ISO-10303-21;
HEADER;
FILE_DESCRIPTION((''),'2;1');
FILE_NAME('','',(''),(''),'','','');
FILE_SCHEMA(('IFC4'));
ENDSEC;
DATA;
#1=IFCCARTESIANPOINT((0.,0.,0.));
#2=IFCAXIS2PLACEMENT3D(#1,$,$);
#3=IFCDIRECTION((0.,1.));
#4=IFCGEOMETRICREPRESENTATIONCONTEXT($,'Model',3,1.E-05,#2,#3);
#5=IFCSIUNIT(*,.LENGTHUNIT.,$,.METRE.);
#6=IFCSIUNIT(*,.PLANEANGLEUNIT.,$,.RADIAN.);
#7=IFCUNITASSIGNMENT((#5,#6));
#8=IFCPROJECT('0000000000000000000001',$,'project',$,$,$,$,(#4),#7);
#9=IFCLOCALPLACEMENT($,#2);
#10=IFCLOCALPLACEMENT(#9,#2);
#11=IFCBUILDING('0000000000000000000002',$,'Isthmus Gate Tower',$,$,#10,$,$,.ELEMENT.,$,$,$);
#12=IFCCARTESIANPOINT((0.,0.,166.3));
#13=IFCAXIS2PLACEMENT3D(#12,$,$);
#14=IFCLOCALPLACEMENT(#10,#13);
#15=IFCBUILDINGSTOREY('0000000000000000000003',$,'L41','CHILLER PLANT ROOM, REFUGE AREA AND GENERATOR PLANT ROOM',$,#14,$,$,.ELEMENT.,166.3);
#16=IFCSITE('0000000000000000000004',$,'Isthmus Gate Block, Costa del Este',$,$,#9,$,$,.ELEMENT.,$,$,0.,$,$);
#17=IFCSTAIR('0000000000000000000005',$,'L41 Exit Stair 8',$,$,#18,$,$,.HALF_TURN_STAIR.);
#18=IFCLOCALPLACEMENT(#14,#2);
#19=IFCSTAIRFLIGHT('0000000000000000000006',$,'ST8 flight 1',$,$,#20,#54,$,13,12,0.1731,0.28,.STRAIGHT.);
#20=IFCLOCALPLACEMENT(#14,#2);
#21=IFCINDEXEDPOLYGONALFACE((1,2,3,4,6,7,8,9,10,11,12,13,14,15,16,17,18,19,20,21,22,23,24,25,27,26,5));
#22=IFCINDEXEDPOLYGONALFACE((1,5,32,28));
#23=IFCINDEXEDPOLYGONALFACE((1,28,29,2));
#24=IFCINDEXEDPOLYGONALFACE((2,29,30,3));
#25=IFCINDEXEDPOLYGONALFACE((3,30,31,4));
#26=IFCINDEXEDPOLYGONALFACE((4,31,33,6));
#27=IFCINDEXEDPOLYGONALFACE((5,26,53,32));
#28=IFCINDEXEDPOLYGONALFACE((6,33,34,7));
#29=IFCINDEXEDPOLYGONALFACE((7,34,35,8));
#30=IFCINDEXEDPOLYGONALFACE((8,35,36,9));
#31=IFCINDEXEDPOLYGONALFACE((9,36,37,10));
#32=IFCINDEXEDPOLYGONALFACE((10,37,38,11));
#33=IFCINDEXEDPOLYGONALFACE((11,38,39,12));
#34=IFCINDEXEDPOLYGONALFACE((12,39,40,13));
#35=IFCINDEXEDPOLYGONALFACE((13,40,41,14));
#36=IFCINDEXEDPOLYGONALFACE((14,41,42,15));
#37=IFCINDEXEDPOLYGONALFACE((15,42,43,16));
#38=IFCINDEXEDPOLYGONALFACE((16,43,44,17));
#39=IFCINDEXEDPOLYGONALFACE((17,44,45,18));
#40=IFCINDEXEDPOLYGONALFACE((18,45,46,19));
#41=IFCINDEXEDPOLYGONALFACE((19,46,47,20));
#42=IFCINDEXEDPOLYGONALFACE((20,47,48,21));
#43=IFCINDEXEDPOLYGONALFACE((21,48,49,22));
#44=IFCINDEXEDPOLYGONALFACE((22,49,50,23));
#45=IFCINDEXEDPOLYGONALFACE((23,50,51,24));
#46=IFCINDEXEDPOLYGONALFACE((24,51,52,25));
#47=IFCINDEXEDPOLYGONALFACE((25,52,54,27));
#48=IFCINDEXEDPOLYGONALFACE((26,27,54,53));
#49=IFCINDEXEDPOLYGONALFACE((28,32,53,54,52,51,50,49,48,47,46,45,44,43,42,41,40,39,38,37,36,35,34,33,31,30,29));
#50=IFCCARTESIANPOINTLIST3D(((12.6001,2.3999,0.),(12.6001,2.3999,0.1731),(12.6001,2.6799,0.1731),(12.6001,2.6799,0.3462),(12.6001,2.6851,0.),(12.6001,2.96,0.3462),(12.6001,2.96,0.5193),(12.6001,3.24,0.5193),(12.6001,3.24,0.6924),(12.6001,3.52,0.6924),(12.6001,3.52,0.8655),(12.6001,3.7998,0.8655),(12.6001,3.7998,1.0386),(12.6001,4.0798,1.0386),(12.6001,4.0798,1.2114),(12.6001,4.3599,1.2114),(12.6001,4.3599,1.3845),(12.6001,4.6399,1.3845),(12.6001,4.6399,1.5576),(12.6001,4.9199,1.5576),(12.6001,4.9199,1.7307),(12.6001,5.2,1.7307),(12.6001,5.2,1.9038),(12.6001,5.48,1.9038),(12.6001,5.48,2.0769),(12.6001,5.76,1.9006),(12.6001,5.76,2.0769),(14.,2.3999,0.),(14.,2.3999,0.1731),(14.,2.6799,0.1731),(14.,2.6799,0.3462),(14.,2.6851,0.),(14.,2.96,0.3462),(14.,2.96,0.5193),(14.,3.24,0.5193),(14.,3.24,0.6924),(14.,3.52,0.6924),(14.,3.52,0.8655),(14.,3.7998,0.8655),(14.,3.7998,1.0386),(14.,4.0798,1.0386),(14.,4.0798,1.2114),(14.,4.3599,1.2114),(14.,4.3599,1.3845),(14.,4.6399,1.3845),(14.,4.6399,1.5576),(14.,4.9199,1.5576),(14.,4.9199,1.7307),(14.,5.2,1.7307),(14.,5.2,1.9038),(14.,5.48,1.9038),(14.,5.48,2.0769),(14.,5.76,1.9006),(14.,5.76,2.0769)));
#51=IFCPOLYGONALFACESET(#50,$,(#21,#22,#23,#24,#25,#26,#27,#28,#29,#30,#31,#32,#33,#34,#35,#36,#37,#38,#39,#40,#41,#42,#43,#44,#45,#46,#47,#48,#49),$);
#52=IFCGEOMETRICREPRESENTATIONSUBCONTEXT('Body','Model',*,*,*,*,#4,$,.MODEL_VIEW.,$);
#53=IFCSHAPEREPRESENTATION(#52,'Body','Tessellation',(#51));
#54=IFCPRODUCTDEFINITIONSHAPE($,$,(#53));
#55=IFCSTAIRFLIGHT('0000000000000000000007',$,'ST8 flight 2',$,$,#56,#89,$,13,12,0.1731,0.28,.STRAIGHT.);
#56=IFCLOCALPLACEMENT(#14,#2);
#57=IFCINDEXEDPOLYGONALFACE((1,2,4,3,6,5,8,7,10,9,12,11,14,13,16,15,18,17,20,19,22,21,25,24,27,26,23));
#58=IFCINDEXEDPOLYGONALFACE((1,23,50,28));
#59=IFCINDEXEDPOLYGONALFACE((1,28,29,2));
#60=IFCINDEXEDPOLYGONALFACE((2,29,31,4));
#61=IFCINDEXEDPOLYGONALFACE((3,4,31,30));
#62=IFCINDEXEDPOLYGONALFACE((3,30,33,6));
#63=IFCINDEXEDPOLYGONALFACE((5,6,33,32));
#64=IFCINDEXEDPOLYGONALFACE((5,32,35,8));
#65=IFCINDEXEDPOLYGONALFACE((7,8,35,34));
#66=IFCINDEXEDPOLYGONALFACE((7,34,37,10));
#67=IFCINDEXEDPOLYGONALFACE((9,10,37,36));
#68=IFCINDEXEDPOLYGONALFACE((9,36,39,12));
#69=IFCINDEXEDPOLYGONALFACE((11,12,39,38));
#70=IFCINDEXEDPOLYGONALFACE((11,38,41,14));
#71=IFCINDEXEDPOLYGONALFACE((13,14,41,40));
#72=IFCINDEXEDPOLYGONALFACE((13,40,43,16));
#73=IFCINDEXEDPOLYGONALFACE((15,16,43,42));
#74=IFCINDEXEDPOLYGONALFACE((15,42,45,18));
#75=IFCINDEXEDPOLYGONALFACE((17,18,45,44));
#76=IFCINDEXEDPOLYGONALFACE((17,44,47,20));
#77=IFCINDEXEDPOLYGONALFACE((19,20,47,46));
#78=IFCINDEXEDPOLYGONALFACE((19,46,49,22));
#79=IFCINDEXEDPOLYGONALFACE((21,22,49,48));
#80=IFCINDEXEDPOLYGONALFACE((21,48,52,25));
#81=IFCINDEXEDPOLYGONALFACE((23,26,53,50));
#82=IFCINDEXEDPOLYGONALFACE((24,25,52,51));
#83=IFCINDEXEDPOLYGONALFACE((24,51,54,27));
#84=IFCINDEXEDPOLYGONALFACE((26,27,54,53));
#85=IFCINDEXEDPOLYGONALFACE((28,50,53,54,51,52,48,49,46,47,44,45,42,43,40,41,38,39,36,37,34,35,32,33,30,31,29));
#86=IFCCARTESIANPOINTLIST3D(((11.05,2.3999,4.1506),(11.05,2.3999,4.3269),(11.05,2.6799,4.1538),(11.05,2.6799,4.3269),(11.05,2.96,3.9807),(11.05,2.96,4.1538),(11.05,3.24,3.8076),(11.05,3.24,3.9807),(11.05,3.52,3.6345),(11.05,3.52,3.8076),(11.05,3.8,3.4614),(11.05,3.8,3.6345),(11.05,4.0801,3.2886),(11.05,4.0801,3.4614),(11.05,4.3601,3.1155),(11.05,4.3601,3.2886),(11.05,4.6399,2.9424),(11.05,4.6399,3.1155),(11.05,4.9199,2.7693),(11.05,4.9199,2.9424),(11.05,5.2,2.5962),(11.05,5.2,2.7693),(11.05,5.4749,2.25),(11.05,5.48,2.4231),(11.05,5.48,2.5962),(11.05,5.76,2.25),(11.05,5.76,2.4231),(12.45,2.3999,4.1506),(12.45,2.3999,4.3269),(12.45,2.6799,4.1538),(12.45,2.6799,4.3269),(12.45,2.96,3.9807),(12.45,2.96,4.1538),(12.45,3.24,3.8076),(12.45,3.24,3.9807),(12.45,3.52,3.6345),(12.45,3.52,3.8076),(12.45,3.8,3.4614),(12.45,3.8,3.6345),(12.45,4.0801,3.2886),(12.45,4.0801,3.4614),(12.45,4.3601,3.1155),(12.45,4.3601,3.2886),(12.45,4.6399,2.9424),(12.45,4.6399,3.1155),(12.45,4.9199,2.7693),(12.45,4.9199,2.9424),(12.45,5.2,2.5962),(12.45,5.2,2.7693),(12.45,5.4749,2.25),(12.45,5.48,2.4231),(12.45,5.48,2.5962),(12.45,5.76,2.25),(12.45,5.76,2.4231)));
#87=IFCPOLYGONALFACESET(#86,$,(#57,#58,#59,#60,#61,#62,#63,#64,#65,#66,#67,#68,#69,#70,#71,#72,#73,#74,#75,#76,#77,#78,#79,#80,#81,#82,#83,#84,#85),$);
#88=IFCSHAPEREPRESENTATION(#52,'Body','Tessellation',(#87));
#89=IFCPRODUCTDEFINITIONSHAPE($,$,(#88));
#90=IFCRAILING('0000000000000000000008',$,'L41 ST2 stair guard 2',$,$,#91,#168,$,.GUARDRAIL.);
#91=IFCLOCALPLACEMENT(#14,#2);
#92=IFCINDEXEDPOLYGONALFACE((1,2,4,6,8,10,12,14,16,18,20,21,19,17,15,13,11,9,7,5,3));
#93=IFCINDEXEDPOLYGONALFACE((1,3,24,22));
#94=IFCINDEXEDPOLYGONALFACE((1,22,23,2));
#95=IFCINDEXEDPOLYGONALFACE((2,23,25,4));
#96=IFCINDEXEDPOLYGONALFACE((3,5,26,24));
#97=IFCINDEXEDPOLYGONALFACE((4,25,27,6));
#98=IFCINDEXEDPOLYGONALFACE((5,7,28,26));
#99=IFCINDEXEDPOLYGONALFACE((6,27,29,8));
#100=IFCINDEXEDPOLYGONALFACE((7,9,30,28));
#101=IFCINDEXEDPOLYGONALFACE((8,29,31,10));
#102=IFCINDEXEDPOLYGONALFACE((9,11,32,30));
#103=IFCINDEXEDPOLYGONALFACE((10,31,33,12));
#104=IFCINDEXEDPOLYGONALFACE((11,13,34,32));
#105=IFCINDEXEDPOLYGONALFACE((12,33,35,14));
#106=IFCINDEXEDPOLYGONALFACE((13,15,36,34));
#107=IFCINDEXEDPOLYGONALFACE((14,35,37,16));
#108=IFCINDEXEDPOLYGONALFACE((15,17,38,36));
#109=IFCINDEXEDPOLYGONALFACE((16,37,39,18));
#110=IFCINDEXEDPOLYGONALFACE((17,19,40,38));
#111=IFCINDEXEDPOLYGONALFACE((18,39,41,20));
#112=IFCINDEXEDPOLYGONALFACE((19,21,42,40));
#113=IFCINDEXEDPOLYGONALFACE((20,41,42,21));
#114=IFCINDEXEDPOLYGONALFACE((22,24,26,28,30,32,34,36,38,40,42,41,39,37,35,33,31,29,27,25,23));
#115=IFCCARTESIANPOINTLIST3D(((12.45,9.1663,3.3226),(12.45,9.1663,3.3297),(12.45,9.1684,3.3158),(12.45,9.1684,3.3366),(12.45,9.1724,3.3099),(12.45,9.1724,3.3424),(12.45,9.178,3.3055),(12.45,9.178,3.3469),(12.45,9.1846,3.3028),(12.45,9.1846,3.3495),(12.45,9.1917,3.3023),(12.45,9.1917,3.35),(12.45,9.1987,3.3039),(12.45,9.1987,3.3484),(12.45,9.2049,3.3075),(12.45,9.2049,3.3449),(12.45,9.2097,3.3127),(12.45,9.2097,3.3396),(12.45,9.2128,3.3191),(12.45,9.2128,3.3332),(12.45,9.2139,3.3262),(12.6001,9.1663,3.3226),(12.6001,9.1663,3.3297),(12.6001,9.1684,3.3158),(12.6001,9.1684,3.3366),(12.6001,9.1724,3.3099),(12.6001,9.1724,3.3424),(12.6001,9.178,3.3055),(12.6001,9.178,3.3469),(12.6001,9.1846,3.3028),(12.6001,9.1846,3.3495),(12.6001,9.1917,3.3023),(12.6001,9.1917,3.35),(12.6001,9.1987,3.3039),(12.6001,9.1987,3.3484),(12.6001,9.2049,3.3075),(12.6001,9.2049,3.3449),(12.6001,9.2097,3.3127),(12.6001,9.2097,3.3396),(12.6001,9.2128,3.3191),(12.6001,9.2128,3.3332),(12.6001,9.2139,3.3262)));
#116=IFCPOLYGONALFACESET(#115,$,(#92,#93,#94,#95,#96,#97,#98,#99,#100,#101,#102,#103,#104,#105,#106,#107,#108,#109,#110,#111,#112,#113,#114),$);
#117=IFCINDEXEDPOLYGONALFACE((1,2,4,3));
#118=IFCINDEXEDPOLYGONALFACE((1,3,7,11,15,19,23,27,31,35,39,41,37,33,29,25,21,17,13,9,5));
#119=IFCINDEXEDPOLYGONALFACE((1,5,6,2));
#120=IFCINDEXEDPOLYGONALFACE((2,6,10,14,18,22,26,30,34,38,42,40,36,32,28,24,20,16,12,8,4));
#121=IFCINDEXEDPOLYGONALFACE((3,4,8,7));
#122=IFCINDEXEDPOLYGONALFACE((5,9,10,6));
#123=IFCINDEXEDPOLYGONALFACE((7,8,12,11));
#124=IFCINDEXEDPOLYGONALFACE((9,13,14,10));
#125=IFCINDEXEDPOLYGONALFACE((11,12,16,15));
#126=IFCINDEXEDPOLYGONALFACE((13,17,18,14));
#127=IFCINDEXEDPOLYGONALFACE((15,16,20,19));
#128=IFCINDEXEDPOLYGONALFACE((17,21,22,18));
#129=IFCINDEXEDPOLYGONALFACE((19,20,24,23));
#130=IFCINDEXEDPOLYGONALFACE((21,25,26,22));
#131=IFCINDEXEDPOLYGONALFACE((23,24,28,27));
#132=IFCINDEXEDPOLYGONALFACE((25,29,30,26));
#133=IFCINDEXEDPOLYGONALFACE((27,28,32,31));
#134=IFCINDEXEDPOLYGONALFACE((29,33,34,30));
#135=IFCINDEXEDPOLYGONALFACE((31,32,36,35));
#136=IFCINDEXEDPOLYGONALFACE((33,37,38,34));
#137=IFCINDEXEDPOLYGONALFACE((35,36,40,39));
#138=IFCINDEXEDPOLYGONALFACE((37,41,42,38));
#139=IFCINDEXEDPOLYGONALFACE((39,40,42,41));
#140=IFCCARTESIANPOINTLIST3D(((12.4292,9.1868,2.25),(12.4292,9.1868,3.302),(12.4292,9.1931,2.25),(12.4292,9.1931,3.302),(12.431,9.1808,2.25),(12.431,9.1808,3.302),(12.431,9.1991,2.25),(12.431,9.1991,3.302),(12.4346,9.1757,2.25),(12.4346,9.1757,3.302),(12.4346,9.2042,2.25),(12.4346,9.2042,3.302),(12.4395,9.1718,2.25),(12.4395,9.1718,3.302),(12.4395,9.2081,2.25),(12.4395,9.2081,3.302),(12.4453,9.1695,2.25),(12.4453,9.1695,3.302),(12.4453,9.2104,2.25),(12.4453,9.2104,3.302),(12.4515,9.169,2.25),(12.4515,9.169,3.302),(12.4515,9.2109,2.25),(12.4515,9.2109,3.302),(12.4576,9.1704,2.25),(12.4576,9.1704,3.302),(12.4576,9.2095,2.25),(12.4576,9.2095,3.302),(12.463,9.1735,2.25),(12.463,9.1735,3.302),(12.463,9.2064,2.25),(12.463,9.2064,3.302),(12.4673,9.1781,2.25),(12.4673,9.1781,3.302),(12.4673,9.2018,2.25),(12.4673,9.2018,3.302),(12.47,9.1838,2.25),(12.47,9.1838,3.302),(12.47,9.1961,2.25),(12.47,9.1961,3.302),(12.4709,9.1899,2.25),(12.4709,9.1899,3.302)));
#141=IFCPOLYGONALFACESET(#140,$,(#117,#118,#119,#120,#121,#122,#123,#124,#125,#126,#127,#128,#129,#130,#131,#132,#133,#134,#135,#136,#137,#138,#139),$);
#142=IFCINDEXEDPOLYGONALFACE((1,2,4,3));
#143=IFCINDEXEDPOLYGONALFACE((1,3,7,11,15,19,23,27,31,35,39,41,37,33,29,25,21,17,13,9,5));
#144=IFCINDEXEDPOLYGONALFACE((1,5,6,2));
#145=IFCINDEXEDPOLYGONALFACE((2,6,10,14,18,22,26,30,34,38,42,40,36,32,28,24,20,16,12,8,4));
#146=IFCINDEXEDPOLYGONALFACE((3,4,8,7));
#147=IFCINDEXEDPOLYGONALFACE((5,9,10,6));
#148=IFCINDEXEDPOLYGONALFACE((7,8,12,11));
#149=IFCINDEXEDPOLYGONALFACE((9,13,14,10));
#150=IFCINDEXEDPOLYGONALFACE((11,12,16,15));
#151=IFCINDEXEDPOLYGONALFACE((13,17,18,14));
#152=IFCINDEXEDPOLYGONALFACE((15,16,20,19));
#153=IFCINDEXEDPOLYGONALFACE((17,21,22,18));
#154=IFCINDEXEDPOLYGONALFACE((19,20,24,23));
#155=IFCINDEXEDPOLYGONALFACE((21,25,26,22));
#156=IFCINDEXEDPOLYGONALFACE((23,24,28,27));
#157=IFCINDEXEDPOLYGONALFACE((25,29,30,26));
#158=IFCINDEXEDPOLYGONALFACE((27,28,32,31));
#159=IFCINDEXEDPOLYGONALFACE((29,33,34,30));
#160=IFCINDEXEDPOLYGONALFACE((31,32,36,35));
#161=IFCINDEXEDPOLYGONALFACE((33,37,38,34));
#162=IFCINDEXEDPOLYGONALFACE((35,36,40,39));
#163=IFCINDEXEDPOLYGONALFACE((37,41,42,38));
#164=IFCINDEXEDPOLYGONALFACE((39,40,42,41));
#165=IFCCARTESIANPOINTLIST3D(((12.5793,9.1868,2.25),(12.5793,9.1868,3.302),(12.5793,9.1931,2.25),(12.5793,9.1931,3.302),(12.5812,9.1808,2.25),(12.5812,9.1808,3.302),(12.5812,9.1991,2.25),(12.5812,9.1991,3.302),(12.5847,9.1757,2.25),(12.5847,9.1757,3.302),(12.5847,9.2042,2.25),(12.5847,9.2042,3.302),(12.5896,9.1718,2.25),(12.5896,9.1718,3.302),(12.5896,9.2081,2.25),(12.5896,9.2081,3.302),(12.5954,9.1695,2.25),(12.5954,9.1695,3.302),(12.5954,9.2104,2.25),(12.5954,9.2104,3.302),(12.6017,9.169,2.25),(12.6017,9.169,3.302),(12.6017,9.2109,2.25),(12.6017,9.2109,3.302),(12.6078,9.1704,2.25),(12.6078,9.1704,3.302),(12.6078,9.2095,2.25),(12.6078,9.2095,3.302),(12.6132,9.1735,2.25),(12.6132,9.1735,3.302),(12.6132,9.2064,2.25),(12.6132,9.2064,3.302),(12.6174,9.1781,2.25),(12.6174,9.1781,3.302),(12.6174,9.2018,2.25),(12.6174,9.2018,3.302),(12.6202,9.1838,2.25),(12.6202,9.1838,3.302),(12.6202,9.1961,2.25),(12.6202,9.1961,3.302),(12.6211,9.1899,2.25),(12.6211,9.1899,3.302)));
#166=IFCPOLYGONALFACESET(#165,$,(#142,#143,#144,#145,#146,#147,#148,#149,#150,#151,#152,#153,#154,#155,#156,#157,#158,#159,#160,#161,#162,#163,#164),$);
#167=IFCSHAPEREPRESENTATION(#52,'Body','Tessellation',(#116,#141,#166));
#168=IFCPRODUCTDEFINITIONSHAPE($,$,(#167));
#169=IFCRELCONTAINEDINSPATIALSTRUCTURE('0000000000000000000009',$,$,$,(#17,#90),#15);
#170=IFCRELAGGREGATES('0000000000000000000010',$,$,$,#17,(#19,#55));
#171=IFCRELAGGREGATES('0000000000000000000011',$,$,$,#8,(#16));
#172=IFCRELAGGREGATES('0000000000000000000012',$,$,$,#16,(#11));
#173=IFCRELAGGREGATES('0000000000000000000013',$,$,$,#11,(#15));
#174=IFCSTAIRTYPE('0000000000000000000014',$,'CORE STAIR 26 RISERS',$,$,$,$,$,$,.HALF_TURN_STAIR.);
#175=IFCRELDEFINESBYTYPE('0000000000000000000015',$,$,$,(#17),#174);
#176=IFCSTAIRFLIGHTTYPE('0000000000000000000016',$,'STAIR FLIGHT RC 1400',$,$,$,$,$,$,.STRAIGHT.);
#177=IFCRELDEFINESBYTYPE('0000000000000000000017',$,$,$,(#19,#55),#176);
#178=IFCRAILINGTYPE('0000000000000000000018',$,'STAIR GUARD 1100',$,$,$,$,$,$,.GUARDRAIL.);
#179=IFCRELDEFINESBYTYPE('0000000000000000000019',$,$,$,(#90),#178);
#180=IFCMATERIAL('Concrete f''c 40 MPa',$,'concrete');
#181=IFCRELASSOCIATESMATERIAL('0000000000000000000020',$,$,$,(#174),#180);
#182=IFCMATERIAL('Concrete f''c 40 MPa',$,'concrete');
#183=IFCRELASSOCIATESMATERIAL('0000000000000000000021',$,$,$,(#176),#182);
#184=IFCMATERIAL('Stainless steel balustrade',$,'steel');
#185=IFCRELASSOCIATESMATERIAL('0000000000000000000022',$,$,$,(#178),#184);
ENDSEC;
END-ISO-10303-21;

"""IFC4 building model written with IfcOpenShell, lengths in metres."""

from ifc_helpers import new_model, si_unit, direction, frame, origin, origin_2d, place, context, subcontext, project, spatial, polyline, circle, outline, extrude, material, type_object, element, aggregate, save


model = new_model("IFC4")

# Units and contexts
model_context = context("Model", 3, precision=1e-05, world=origin(), true_north=direction((0.0, 1.0)))
body_context = subcontext(model_context, "Body", "Model", "MODEL_VIEW")
ifc_project = project(units=[si_unit("LENGTHUNIT", "METRE"), si_unit("PLANEANGLEUNIT", "RADIAN")], contexts=[model_context])

# Site, building, storey
site_placement = place(None, origin())
site = spatial("IfcSite", under=ifc_project, at=site_placement, Name="Isthmus Gate Block, Costa del Este", CompositionType="ELEMENT", RefElevation=0.0)
building_placement = place(site_placement, origin())
building = spatial("IfcBuilding", under=site, at=building_placement, Name="Isthmus Gate Tower", CompositionType="ELEMENT")
storey_placement = place(building_placement, frame((0.0, 0.0, 166.3)))
storey = spatial("IfcBuildingStorey", under=building, at=storey_placement, Name="L41", Description="CHILLER PLANT ROOM, REFUGE AREA AND GENERATOR PLANT ROOM", CompositionType="ELEMENT", Elevation=166.3)

# Stair, stair flights
ifc_material_1 = material(Name="Concrete f'c 40 MPa", Category="concrete")
stair_type = type_object("IfcStairType", Name="CORE STAIR 26 RISERS", PredefinedType="HALF_TURN_STAIR", material=ifc_material_1)
stair_placement = place(storey_placement, origin())
stair = element("IfcStair", 1, at=stair_placement, inside=storey, type_object=stair_type, Name="L41 Exit Stair 8", PredefinedType="HALF_TURN_STAIR")
ifc_material_2 = material(Name="Concrete f'c 40 MPa", Category="concrete")
stair_flight_type = type_object("IfcStairFlightType", Name="STAIR FLIGHT RC 1400", PredefinedType="STRAIGHT", material=ifc_material_2)
stair_flight_1_placement = place(storey_placement, frame((13.3, 2.3999, 0.0), z_axis=(0.0, 0.0, 1.0), x_axis=(0.0, 1.0, 0.0)))
stair_flight_1 = element("IfcStairFlight", 2, at=stair_flight_1_placement, type_object=stair_flight_type, Name="ST8 flight 1", NumberOfRisers=13, NumberOfTreads=12, PredefinedType="STRAIGHT", RiserHeight=0.1731, TreadLength=0.28, context=body_context, shape_type="SweptSolid", body=[
    extrude(outline(polyline([(0.0, 0.0), (0.0, 0.1731), (0.28, 0.1731), (0.28, 0.3462), (0.5601, 0.3462), (0.5601, 0.5193), (0.8401, 0.5193), (0.8401, 0.6924), (1.1201, 0.6924), (1.1201, 0.8655), (1.3999, 0.8655), (1.3999, 1.0386), (1.6799, 1.0386), (1.6799, 1.2114), (1.96, 1.2114), (1.96, 1.3845), (2.24, 1.3845), (2.24, 1.5576), (2.52, 1.5576), (2.52, 1.7307), (2.8, 1.7307), (2.8, 1.9038), (3.0801, 1.9038), (3.0801, 2.0769), (3.3601, 2.0769), (3.3601, 2.25), (3.3601, 1.9006), (0.2852, 0.0), (0.0, 0.0)])), frame((0.0, 0.7, 0.0), z_axis=(0.0, -1.0, 0.0), x_axis=(1.0, 0.0, 0.0)), (0.0, 0.0, 1.0), 1.3999),
])
stair_flight_2_placement = place(storey_placement, frame((11.75, 5.76, 2.25), z_axis=(0.0, 0.0, 1.0), x_axis=(0.0, -1.0, 0.0)))
stair_flight_2 = element("IfcStairFlight", 3, at=stair_flight_2_placement, type_object=stair_flight_type, Name="ST8 flight 2", NumberOfRisers=13, NumberOfTreads=12, PredefinedType="STRAIGHT", RiserHeight=0.1731, TreadLength=0.28, context=body_context, shape_type="SweptSolid", body=[
    extrude(outline(polyline([(0.0, 0.0), (0.0, 0.1731), (0.28, 0.1731), (0.28, 0.3462), (0.5601, 0.3462), (0.5601, 0.5193), (0.8401, 0.5193), (0.8401, 0.6924), (1.1201, 0.6924), (1.1201, 0.8655), (1.3999, 0.8655), (1.3999, 1.0386), (1.6799, 1.0386), (1.6799, 1.2114), (1.96, 1.2114), (1.96, 1.3845), (2.24, 1.3845), (2.24, 1.5576), (2.52, 1.5576), (2.52, 1.7307), (2.8, 1.7307), (2.8, 1.9038), (3.0801, 1.9038), (3.0801, 2.0769), (3.3601, 2.0769), (3.3601, 2.25), (3.3601, 1.9006), (0.2852, 0.0), (0.0, 0.0)])), frame((0.0, 0.7, 0.0), z_axis=(0.0, -1.0, 0.0), x_axis=(1.0, 0.0, 0.0)), (0.0, 0.0, 1.0), 1.3999),
])
aggregate(stair, [stair_flight_1, stair_flight_2])

# Railing
ifc_material_3 = material(Name="Stainless steel balustrade", Category="steel")
railing_type_1 = type_object("IfcRailingType", Name="STAIR GUARD 1100", PredefinedType="GUARDRAIL", material=ifc_material_3)
railing_1_placement = place(storey_placement, frame((12.45, 9.1899, 2.25)))
element("IfcRailing", 4, at=railing_1_placement, inside=storey, type_object=railing_type_1, Name="L41 ST2 stair guard 2", PredefinedType="GUARDRAIL", context=body_context, shape_type="SweptSolid", body=[
    extrude(circle(Radius=0.0239, at=origin_2d()), frame((0.0, 0.0, 1.0762), z_axis=(1.0, 0.0, 0.0), x_axis=(0.0, 1.0, 0.0)), (0.0, 0.0, 1.0), 0.1501),
    extrude(circle(Radius=0.021, at=origin_2d()), origin(), (0.0, 0.0, 1.0), 1.052),
    extrude(circle(Radius=0.021, at=origin_2d()), frame((0.1501, 0.0, 0.0)), (0.0, 0.0, 1.0), 1.052),
])

save(model, "model.ifc")
